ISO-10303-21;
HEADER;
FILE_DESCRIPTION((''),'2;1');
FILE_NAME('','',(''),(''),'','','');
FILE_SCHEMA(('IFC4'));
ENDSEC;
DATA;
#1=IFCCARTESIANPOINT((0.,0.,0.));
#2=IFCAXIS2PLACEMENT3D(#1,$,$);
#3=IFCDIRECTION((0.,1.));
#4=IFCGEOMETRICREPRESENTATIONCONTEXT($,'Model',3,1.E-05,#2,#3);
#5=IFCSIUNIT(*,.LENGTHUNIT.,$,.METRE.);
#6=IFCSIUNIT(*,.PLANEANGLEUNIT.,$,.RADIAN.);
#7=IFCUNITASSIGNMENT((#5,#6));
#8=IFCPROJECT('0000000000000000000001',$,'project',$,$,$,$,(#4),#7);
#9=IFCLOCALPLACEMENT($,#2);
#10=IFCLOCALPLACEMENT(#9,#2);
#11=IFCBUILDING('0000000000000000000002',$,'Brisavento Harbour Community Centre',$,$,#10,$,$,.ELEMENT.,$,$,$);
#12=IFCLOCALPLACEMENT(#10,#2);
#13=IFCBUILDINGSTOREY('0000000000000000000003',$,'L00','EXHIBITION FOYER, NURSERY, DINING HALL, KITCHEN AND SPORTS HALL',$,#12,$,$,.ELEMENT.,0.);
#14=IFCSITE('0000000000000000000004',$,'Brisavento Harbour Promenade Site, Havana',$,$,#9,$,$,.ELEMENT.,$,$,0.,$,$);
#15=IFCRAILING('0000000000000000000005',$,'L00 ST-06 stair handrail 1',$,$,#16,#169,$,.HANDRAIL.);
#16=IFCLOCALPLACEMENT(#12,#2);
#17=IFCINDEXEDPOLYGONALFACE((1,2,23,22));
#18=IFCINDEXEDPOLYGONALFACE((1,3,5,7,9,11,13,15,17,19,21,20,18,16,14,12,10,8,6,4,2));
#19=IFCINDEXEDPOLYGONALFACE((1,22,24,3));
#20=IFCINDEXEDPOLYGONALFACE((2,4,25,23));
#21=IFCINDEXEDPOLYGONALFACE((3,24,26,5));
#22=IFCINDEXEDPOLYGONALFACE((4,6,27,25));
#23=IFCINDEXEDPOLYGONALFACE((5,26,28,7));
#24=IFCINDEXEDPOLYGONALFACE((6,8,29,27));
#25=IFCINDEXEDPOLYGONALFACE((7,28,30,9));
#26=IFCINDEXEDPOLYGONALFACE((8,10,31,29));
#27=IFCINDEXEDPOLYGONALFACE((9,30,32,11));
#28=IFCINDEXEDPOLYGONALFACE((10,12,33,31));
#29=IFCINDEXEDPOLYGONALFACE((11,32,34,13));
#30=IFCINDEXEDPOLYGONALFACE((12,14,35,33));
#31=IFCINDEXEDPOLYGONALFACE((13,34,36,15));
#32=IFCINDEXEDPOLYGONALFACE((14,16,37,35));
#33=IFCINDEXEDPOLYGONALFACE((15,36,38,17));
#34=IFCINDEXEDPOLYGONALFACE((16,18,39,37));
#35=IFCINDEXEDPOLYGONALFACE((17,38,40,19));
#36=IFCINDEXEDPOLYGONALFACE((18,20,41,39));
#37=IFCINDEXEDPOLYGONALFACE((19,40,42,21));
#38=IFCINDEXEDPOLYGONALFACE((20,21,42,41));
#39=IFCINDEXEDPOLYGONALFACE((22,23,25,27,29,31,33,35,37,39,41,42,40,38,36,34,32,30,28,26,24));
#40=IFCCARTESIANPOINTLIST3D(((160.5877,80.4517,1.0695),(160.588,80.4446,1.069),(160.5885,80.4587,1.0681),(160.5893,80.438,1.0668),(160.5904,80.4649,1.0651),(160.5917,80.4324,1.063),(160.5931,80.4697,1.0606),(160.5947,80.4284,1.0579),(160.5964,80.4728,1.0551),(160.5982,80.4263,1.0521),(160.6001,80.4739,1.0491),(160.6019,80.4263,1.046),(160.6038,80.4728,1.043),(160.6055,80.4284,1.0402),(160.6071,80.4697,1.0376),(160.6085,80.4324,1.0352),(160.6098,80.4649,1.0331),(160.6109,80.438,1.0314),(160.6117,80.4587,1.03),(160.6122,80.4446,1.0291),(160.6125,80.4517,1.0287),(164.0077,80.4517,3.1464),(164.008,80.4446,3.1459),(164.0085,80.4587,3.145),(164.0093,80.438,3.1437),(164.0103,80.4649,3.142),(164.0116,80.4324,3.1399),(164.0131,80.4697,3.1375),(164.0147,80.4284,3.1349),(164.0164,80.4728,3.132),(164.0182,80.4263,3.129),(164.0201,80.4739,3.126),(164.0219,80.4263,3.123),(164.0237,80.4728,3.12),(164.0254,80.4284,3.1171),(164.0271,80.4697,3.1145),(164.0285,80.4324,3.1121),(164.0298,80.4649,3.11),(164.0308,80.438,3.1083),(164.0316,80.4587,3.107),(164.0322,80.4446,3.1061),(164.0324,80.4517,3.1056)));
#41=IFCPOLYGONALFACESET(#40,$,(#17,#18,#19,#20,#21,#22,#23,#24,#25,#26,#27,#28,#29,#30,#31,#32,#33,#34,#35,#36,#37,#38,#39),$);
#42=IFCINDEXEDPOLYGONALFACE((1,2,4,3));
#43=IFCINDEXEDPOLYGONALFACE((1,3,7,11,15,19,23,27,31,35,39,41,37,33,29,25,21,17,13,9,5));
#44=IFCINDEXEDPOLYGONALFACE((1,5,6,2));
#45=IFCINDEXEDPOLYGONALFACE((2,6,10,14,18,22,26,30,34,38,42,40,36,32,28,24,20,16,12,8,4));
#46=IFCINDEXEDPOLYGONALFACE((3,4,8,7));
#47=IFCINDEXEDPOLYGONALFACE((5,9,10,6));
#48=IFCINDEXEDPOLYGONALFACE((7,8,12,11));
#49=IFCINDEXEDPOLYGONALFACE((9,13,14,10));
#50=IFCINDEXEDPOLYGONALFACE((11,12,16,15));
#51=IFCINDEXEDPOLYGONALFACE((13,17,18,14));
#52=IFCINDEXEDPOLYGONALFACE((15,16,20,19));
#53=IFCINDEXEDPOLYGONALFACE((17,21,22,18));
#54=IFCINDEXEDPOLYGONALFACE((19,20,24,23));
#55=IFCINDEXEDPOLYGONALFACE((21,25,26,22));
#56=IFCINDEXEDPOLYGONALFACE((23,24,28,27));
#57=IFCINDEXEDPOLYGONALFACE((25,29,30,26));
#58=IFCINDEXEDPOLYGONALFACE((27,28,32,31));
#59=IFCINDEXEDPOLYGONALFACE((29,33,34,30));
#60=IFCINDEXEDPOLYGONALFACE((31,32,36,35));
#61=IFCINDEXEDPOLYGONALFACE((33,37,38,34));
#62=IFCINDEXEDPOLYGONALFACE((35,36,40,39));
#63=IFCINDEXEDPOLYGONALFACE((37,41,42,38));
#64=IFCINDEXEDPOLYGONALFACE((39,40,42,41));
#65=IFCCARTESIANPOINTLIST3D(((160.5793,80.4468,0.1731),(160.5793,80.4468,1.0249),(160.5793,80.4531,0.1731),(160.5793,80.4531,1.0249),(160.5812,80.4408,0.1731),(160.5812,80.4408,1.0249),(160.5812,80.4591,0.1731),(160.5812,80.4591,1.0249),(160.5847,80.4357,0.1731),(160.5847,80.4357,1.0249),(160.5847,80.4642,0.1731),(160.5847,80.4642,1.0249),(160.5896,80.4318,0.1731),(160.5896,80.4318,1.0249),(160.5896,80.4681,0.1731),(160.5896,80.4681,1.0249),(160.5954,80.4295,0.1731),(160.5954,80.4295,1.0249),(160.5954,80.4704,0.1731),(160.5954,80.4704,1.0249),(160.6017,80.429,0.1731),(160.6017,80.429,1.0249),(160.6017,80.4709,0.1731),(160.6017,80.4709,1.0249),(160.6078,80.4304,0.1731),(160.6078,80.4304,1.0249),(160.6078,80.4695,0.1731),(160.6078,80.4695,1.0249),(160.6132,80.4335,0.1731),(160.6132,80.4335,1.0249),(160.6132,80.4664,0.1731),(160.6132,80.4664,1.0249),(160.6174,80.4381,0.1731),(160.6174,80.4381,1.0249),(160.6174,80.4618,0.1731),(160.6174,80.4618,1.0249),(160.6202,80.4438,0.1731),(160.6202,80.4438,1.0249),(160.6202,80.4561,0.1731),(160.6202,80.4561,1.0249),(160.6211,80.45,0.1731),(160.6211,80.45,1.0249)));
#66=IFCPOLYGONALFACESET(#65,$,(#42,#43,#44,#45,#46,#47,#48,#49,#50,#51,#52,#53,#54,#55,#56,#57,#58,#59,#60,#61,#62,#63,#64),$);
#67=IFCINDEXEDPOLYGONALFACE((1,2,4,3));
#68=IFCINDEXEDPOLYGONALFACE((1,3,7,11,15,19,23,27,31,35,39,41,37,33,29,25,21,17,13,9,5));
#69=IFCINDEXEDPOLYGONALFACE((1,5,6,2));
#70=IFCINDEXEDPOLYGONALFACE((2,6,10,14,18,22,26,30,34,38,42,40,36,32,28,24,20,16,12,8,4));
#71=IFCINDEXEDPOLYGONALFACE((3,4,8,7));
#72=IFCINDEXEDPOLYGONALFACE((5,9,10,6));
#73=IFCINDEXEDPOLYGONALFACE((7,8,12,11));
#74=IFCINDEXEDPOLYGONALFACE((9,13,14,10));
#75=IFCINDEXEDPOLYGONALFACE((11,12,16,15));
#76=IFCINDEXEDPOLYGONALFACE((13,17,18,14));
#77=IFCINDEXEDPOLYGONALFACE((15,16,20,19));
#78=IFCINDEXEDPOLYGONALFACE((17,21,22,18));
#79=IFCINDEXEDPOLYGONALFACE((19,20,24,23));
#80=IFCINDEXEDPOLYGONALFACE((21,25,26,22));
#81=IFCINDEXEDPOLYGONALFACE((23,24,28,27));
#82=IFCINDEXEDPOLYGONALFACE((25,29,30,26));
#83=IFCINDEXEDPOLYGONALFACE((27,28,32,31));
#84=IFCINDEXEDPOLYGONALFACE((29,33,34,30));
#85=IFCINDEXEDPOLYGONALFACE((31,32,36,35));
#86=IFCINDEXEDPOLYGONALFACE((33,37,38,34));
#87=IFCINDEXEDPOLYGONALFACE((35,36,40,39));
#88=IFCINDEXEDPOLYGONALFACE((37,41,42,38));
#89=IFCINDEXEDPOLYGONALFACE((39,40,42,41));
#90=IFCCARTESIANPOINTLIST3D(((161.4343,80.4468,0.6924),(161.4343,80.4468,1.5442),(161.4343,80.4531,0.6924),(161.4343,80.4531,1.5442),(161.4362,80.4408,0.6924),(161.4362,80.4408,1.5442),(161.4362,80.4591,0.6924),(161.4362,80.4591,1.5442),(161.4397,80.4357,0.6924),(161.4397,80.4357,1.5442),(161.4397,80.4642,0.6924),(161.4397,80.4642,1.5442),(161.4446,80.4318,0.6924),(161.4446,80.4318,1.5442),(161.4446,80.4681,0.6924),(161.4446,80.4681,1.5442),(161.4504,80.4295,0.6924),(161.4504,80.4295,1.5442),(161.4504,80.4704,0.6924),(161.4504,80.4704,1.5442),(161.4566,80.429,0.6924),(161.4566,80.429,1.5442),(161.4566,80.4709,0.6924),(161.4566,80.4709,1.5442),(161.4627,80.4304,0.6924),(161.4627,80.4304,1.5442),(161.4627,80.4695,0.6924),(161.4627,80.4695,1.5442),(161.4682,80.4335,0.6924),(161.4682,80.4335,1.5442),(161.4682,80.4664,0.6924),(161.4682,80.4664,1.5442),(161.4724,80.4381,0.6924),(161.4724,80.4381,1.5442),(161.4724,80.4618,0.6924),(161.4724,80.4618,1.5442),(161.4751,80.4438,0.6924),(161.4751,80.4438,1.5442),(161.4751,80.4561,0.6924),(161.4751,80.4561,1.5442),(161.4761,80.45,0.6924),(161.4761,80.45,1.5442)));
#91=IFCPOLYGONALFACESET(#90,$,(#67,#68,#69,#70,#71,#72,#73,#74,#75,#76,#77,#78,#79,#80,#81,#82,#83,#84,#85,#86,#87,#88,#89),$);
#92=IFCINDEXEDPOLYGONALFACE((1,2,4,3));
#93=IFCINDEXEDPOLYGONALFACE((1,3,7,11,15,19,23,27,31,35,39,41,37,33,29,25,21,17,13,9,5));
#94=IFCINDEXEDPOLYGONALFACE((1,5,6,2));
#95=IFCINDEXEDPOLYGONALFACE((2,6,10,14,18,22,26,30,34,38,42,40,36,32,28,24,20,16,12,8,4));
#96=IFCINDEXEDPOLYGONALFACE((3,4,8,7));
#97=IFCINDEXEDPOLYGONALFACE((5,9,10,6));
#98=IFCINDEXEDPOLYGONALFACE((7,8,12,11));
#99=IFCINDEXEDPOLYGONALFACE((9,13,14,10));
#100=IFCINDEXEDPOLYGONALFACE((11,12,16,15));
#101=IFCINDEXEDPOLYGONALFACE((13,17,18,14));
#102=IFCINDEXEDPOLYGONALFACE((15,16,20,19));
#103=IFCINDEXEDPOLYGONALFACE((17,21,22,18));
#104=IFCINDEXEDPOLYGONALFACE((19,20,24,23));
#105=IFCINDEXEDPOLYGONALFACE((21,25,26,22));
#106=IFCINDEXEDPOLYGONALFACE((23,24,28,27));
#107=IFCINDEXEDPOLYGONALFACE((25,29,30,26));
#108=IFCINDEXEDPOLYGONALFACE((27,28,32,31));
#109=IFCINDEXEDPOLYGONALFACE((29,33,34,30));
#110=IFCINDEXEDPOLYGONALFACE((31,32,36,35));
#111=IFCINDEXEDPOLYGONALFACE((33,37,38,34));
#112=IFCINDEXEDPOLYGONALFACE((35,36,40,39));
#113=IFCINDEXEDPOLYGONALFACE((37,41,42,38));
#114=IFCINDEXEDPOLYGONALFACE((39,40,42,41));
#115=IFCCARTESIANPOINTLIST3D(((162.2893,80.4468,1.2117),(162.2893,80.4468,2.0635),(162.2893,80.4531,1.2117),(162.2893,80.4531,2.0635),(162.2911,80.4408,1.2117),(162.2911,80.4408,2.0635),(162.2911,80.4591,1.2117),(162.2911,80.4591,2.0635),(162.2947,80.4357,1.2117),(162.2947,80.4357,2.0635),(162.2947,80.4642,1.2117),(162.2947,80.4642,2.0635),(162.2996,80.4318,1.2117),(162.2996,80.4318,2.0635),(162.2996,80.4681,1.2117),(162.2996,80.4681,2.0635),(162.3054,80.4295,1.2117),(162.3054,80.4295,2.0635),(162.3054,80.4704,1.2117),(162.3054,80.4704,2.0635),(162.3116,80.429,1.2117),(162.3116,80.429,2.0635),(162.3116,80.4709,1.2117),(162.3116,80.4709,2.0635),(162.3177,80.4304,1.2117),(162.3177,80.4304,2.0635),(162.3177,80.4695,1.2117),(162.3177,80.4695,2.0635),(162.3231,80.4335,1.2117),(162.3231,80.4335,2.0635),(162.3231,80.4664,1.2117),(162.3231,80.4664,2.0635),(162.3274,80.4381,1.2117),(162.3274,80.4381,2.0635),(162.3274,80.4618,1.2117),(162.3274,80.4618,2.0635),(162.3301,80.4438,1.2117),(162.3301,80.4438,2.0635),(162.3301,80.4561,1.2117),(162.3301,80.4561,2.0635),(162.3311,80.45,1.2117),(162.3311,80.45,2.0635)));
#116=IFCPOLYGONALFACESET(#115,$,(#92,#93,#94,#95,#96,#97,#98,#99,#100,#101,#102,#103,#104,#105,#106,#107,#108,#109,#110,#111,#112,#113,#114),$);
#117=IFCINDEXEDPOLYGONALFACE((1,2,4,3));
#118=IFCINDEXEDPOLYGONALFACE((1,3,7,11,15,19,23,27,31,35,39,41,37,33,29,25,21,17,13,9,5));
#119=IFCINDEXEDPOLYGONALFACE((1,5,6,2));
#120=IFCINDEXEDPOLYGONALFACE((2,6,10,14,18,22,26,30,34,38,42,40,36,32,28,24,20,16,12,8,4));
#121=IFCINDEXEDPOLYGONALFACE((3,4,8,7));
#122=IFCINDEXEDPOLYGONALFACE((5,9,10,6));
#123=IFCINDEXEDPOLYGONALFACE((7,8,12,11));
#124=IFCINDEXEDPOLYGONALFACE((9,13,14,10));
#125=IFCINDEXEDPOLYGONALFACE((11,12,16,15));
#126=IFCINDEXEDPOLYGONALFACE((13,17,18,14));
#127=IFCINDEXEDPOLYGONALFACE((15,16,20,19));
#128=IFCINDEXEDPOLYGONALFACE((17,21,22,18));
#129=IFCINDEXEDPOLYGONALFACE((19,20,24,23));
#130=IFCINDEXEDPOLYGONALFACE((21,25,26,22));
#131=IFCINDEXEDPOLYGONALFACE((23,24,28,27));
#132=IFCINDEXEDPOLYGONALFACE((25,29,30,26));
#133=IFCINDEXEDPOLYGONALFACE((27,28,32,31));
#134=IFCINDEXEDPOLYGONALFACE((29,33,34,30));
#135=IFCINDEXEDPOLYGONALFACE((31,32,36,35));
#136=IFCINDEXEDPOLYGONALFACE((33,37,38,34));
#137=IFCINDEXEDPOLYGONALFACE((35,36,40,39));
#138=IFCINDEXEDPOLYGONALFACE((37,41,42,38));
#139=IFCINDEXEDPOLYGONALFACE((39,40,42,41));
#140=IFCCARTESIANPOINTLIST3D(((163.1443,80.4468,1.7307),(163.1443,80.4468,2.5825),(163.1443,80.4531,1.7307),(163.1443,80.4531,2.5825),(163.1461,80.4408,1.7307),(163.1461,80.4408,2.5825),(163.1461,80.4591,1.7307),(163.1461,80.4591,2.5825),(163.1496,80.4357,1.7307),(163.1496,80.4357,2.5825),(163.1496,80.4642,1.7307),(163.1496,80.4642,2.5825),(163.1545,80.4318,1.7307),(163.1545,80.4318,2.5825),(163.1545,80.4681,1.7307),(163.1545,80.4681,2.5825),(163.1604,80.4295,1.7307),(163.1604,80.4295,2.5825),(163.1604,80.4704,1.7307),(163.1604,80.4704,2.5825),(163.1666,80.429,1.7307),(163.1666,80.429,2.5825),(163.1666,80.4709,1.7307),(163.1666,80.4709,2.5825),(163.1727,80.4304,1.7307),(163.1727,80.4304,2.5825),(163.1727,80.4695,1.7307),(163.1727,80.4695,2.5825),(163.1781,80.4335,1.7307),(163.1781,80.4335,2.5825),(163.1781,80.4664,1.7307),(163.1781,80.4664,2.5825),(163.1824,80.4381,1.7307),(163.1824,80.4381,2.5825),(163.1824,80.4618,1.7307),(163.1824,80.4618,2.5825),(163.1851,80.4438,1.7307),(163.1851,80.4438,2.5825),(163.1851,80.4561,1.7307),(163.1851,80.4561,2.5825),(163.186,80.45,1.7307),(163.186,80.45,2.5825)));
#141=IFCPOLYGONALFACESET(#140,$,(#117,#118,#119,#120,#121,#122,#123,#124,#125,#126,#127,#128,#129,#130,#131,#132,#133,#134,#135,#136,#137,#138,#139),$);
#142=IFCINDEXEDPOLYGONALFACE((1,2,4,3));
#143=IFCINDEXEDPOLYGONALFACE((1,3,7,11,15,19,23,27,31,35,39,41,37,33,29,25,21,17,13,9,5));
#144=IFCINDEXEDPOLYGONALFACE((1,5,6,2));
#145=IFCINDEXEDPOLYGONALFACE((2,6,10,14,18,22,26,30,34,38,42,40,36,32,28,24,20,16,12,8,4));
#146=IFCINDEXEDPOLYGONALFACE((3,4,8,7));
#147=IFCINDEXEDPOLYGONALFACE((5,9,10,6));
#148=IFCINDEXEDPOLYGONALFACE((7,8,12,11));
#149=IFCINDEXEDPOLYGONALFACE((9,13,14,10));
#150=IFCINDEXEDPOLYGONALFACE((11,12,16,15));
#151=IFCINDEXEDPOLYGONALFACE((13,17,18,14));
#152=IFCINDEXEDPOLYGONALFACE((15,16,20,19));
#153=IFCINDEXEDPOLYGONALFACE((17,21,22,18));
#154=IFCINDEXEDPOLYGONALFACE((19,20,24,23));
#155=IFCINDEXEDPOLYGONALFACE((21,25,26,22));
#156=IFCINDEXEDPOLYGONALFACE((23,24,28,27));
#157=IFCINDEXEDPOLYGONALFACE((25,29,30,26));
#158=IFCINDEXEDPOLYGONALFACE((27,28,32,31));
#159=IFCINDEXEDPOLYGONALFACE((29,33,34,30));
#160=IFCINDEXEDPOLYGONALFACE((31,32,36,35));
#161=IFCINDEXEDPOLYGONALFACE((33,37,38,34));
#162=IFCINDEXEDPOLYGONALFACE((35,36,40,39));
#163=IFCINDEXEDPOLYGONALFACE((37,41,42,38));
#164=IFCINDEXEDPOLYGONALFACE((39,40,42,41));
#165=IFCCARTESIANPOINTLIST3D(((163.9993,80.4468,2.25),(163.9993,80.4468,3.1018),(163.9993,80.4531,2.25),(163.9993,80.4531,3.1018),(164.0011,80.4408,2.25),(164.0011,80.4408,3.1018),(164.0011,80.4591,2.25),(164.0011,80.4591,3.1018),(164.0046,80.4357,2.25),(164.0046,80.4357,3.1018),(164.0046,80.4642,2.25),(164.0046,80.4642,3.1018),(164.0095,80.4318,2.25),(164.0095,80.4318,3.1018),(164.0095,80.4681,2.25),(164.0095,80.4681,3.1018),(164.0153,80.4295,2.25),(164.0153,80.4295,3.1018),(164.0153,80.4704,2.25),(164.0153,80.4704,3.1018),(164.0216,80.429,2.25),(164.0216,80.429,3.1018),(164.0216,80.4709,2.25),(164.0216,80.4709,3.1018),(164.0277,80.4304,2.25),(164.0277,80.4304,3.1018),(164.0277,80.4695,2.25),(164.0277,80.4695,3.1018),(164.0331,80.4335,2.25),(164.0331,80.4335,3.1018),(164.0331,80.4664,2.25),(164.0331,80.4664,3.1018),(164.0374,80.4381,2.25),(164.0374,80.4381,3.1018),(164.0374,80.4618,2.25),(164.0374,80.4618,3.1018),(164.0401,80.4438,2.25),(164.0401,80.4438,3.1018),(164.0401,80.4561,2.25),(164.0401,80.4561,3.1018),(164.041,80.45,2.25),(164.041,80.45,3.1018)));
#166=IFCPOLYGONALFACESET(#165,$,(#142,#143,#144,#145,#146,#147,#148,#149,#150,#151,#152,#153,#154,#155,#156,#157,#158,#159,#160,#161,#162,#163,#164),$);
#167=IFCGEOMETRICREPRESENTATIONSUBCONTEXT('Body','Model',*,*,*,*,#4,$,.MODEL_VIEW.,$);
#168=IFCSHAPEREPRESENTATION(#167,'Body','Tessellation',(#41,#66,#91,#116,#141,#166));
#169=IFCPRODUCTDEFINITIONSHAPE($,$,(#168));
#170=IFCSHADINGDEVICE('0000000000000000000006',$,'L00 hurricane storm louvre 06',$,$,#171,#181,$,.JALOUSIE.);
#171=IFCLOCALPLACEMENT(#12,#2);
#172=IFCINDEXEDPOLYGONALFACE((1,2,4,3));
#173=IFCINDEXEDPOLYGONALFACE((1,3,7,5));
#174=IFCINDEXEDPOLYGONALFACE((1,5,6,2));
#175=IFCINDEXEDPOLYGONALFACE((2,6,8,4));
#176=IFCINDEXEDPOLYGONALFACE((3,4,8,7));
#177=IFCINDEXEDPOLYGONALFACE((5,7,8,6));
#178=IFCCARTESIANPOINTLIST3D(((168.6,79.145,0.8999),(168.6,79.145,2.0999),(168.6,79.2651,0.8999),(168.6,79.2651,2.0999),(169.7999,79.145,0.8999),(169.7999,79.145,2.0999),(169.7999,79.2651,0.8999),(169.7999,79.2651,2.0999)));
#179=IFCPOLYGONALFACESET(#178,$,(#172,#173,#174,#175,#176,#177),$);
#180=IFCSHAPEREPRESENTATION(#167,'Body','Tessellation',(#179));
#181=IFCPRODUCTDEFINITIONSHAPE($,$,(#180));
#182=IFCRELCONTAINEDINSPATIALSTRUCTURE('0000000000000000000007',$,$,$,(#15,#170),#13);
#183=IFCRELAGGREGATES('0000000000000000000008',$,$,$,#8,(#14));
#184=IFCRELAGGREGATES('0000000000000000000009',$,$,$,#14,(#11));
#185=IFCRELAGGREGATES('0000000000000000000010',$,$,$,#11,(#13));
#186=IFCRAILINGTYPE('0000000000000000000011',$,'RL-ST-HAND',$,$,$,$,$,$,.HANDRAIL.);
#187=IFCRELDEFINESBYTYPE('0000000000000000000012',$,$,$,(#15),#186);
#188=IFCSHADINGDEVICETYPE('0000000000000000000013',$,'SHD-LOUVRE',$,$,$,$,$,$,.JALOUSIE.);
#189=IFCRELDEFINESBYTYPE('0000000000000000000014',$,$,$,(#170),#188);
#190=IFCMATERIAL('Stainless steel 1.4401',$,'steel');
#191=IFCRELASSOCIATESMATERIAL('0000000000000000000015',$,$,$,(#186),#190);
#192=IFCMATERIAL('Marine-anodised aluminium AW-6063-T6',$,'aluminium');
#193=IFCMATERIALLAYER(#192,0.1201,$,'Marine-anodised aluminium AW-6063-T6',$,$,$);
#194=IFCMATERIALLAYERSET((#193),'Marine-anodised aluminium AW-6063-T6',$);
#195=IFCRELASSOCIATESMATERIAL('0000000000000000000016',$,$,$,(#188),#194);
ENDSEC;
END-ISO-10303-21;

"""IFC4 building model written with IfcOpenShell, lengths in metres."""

from ifc_helpers import new_model, si_unit, direction, frame, origin, origin_2d, place, context, subcontext, project, spatial, rectangle, circle, extrude, material, layer, layer_set, type_object, element, save


model = new_model("IFC4")

# Units and contexts
model_context = context("Model", 3, precision=1e-05, world=origin(), true_north=direction((0.0, 1.0)))
body_context = subcontext(model_context, "Body", "Model", "MODEL_VIEW")
ifc_project = project(units=[si_unit("LENGTHUNIT", "METRE"), si_unit("PLANEANGLEUNIT", "RADIAN")], contexts=[model_context])

# Site, building, storey
site_placement = place(None, origin())
site = spatial("IfcSite", under=ifc_project, at=site_placement, Name="Brisavento Harbour Promenade Site, Havana", CompositionType="ELEMENT", RefElevation=0.0)
building_placement = place(site_placement, origin())
building = spatial("IfcBuilding", under=site, at=building_placement, Name="Brisavento Harbour Community Centre", CompositionType="ELEMENT")
storey_placement = place(building_placement, origin())
storey = spatial("IfcBuildingStorey", under=building, at=storey_placement, Name="L00", Description="EXHIBITION FOYER, NURSERY, DINING HALL, KITCHEN AND SPORTS HALL", CompositionType="ELEMENT", Elevation=0.0)

# Shared definitions
ifc_material_1 = material(Name="Marine-anodised aluminium AW-6063-T6", Category="aluminium")

# Railing
ifc_material_2 = material(Name="Stainless steel 1.4401", Category="steel")
railing_type = type_object("IfcRailingType", Name="RL-ST-HAND", PredefinedType="HANDRAIL", material=ifc_material_2)
railing_placement = place(storey_placement, frame((160.6001, 80.45, 0.1731)))
element("IfcRailing", 1, at=railing_placement, inside=storey, type_object=railing_type, Name="L00 ST-06 stair handrail 1", PredefinedType="HANDRAIL", context=body_context, shape_type="SweptSolid", body=[
    extrude(circle(Radius=0.0239, at=origin_2d()), frame((0.0, 0.0, 0.876), z_axis=(0.85473, 0.0, 0.519074), x_axis=(0.0, 1.0, 0.0)), (0.0, 0.0, 1.0), 4.0012),
    extrude(circle(Radius=0.021, at=origin_2d()), origin(), (0.0, 0.0, 1.0), 0.8518),
    extrude(circle(Radius=0.021, at=origin_2d()), frame((0.855, 0.0, 0.5193)), (0.0, 0.0, 1.0), 0.8518),
    extrude(circle(Radius=0.021, at=origin_2d()), frame((1.71, 0.0, 1.0386)), (0.0, 0.0, 1.0), 0.8518),
    extrude(circle(Radius=0.021, at=origin_2d()), frame((2.5649, 0.0, 1.5576)), (0.0, 0.0, 1.0), 0.8518),
    extrude(circle(Radius=0.021, at=origin_2d()), frame((3.4199, 0.0, 2.0769)), (0.0, 0.0, 1.0), 0.8518),
])

# Shading device
ifc_layer_1 = layer(ifc_material_1, 0.1201, Name="Marine-anodised aluminium AW-6063-T6")
ifc_layer_set_1 = layer_set([ifc_layer_1], Name="Marine-anodised aluminium AW-6063-T6")
shading_device_type = type_object("IfcShadingDeviceType", Name="SHD-LOUVRE", PredefinedType="JALOUSIE", material=ifc_layer_set_1)
shading_device_placement = place(storey_placement, frame((169.2, 79.2051, 0.8999), z_axis=(0.0, 0.0, 1.0), x_axis=(-1.0, 0.0, 0.0)))
element("IfcShadingDevice", 2, at=shading_device_placement, inside=storey, type_object=shading_device_type, Name="L00 hurricane storm louvre 06", PredefinedType="JALOUSIE", context=body_context, shape_type="SweptSolid", body=[
    extrude(rectangle(XDim=1.2, YDim=0.1201, at=origin_2d()), origin(), (0.0, 0.0, 1.0), 1.2),
])

save(model, "model.ifc")
